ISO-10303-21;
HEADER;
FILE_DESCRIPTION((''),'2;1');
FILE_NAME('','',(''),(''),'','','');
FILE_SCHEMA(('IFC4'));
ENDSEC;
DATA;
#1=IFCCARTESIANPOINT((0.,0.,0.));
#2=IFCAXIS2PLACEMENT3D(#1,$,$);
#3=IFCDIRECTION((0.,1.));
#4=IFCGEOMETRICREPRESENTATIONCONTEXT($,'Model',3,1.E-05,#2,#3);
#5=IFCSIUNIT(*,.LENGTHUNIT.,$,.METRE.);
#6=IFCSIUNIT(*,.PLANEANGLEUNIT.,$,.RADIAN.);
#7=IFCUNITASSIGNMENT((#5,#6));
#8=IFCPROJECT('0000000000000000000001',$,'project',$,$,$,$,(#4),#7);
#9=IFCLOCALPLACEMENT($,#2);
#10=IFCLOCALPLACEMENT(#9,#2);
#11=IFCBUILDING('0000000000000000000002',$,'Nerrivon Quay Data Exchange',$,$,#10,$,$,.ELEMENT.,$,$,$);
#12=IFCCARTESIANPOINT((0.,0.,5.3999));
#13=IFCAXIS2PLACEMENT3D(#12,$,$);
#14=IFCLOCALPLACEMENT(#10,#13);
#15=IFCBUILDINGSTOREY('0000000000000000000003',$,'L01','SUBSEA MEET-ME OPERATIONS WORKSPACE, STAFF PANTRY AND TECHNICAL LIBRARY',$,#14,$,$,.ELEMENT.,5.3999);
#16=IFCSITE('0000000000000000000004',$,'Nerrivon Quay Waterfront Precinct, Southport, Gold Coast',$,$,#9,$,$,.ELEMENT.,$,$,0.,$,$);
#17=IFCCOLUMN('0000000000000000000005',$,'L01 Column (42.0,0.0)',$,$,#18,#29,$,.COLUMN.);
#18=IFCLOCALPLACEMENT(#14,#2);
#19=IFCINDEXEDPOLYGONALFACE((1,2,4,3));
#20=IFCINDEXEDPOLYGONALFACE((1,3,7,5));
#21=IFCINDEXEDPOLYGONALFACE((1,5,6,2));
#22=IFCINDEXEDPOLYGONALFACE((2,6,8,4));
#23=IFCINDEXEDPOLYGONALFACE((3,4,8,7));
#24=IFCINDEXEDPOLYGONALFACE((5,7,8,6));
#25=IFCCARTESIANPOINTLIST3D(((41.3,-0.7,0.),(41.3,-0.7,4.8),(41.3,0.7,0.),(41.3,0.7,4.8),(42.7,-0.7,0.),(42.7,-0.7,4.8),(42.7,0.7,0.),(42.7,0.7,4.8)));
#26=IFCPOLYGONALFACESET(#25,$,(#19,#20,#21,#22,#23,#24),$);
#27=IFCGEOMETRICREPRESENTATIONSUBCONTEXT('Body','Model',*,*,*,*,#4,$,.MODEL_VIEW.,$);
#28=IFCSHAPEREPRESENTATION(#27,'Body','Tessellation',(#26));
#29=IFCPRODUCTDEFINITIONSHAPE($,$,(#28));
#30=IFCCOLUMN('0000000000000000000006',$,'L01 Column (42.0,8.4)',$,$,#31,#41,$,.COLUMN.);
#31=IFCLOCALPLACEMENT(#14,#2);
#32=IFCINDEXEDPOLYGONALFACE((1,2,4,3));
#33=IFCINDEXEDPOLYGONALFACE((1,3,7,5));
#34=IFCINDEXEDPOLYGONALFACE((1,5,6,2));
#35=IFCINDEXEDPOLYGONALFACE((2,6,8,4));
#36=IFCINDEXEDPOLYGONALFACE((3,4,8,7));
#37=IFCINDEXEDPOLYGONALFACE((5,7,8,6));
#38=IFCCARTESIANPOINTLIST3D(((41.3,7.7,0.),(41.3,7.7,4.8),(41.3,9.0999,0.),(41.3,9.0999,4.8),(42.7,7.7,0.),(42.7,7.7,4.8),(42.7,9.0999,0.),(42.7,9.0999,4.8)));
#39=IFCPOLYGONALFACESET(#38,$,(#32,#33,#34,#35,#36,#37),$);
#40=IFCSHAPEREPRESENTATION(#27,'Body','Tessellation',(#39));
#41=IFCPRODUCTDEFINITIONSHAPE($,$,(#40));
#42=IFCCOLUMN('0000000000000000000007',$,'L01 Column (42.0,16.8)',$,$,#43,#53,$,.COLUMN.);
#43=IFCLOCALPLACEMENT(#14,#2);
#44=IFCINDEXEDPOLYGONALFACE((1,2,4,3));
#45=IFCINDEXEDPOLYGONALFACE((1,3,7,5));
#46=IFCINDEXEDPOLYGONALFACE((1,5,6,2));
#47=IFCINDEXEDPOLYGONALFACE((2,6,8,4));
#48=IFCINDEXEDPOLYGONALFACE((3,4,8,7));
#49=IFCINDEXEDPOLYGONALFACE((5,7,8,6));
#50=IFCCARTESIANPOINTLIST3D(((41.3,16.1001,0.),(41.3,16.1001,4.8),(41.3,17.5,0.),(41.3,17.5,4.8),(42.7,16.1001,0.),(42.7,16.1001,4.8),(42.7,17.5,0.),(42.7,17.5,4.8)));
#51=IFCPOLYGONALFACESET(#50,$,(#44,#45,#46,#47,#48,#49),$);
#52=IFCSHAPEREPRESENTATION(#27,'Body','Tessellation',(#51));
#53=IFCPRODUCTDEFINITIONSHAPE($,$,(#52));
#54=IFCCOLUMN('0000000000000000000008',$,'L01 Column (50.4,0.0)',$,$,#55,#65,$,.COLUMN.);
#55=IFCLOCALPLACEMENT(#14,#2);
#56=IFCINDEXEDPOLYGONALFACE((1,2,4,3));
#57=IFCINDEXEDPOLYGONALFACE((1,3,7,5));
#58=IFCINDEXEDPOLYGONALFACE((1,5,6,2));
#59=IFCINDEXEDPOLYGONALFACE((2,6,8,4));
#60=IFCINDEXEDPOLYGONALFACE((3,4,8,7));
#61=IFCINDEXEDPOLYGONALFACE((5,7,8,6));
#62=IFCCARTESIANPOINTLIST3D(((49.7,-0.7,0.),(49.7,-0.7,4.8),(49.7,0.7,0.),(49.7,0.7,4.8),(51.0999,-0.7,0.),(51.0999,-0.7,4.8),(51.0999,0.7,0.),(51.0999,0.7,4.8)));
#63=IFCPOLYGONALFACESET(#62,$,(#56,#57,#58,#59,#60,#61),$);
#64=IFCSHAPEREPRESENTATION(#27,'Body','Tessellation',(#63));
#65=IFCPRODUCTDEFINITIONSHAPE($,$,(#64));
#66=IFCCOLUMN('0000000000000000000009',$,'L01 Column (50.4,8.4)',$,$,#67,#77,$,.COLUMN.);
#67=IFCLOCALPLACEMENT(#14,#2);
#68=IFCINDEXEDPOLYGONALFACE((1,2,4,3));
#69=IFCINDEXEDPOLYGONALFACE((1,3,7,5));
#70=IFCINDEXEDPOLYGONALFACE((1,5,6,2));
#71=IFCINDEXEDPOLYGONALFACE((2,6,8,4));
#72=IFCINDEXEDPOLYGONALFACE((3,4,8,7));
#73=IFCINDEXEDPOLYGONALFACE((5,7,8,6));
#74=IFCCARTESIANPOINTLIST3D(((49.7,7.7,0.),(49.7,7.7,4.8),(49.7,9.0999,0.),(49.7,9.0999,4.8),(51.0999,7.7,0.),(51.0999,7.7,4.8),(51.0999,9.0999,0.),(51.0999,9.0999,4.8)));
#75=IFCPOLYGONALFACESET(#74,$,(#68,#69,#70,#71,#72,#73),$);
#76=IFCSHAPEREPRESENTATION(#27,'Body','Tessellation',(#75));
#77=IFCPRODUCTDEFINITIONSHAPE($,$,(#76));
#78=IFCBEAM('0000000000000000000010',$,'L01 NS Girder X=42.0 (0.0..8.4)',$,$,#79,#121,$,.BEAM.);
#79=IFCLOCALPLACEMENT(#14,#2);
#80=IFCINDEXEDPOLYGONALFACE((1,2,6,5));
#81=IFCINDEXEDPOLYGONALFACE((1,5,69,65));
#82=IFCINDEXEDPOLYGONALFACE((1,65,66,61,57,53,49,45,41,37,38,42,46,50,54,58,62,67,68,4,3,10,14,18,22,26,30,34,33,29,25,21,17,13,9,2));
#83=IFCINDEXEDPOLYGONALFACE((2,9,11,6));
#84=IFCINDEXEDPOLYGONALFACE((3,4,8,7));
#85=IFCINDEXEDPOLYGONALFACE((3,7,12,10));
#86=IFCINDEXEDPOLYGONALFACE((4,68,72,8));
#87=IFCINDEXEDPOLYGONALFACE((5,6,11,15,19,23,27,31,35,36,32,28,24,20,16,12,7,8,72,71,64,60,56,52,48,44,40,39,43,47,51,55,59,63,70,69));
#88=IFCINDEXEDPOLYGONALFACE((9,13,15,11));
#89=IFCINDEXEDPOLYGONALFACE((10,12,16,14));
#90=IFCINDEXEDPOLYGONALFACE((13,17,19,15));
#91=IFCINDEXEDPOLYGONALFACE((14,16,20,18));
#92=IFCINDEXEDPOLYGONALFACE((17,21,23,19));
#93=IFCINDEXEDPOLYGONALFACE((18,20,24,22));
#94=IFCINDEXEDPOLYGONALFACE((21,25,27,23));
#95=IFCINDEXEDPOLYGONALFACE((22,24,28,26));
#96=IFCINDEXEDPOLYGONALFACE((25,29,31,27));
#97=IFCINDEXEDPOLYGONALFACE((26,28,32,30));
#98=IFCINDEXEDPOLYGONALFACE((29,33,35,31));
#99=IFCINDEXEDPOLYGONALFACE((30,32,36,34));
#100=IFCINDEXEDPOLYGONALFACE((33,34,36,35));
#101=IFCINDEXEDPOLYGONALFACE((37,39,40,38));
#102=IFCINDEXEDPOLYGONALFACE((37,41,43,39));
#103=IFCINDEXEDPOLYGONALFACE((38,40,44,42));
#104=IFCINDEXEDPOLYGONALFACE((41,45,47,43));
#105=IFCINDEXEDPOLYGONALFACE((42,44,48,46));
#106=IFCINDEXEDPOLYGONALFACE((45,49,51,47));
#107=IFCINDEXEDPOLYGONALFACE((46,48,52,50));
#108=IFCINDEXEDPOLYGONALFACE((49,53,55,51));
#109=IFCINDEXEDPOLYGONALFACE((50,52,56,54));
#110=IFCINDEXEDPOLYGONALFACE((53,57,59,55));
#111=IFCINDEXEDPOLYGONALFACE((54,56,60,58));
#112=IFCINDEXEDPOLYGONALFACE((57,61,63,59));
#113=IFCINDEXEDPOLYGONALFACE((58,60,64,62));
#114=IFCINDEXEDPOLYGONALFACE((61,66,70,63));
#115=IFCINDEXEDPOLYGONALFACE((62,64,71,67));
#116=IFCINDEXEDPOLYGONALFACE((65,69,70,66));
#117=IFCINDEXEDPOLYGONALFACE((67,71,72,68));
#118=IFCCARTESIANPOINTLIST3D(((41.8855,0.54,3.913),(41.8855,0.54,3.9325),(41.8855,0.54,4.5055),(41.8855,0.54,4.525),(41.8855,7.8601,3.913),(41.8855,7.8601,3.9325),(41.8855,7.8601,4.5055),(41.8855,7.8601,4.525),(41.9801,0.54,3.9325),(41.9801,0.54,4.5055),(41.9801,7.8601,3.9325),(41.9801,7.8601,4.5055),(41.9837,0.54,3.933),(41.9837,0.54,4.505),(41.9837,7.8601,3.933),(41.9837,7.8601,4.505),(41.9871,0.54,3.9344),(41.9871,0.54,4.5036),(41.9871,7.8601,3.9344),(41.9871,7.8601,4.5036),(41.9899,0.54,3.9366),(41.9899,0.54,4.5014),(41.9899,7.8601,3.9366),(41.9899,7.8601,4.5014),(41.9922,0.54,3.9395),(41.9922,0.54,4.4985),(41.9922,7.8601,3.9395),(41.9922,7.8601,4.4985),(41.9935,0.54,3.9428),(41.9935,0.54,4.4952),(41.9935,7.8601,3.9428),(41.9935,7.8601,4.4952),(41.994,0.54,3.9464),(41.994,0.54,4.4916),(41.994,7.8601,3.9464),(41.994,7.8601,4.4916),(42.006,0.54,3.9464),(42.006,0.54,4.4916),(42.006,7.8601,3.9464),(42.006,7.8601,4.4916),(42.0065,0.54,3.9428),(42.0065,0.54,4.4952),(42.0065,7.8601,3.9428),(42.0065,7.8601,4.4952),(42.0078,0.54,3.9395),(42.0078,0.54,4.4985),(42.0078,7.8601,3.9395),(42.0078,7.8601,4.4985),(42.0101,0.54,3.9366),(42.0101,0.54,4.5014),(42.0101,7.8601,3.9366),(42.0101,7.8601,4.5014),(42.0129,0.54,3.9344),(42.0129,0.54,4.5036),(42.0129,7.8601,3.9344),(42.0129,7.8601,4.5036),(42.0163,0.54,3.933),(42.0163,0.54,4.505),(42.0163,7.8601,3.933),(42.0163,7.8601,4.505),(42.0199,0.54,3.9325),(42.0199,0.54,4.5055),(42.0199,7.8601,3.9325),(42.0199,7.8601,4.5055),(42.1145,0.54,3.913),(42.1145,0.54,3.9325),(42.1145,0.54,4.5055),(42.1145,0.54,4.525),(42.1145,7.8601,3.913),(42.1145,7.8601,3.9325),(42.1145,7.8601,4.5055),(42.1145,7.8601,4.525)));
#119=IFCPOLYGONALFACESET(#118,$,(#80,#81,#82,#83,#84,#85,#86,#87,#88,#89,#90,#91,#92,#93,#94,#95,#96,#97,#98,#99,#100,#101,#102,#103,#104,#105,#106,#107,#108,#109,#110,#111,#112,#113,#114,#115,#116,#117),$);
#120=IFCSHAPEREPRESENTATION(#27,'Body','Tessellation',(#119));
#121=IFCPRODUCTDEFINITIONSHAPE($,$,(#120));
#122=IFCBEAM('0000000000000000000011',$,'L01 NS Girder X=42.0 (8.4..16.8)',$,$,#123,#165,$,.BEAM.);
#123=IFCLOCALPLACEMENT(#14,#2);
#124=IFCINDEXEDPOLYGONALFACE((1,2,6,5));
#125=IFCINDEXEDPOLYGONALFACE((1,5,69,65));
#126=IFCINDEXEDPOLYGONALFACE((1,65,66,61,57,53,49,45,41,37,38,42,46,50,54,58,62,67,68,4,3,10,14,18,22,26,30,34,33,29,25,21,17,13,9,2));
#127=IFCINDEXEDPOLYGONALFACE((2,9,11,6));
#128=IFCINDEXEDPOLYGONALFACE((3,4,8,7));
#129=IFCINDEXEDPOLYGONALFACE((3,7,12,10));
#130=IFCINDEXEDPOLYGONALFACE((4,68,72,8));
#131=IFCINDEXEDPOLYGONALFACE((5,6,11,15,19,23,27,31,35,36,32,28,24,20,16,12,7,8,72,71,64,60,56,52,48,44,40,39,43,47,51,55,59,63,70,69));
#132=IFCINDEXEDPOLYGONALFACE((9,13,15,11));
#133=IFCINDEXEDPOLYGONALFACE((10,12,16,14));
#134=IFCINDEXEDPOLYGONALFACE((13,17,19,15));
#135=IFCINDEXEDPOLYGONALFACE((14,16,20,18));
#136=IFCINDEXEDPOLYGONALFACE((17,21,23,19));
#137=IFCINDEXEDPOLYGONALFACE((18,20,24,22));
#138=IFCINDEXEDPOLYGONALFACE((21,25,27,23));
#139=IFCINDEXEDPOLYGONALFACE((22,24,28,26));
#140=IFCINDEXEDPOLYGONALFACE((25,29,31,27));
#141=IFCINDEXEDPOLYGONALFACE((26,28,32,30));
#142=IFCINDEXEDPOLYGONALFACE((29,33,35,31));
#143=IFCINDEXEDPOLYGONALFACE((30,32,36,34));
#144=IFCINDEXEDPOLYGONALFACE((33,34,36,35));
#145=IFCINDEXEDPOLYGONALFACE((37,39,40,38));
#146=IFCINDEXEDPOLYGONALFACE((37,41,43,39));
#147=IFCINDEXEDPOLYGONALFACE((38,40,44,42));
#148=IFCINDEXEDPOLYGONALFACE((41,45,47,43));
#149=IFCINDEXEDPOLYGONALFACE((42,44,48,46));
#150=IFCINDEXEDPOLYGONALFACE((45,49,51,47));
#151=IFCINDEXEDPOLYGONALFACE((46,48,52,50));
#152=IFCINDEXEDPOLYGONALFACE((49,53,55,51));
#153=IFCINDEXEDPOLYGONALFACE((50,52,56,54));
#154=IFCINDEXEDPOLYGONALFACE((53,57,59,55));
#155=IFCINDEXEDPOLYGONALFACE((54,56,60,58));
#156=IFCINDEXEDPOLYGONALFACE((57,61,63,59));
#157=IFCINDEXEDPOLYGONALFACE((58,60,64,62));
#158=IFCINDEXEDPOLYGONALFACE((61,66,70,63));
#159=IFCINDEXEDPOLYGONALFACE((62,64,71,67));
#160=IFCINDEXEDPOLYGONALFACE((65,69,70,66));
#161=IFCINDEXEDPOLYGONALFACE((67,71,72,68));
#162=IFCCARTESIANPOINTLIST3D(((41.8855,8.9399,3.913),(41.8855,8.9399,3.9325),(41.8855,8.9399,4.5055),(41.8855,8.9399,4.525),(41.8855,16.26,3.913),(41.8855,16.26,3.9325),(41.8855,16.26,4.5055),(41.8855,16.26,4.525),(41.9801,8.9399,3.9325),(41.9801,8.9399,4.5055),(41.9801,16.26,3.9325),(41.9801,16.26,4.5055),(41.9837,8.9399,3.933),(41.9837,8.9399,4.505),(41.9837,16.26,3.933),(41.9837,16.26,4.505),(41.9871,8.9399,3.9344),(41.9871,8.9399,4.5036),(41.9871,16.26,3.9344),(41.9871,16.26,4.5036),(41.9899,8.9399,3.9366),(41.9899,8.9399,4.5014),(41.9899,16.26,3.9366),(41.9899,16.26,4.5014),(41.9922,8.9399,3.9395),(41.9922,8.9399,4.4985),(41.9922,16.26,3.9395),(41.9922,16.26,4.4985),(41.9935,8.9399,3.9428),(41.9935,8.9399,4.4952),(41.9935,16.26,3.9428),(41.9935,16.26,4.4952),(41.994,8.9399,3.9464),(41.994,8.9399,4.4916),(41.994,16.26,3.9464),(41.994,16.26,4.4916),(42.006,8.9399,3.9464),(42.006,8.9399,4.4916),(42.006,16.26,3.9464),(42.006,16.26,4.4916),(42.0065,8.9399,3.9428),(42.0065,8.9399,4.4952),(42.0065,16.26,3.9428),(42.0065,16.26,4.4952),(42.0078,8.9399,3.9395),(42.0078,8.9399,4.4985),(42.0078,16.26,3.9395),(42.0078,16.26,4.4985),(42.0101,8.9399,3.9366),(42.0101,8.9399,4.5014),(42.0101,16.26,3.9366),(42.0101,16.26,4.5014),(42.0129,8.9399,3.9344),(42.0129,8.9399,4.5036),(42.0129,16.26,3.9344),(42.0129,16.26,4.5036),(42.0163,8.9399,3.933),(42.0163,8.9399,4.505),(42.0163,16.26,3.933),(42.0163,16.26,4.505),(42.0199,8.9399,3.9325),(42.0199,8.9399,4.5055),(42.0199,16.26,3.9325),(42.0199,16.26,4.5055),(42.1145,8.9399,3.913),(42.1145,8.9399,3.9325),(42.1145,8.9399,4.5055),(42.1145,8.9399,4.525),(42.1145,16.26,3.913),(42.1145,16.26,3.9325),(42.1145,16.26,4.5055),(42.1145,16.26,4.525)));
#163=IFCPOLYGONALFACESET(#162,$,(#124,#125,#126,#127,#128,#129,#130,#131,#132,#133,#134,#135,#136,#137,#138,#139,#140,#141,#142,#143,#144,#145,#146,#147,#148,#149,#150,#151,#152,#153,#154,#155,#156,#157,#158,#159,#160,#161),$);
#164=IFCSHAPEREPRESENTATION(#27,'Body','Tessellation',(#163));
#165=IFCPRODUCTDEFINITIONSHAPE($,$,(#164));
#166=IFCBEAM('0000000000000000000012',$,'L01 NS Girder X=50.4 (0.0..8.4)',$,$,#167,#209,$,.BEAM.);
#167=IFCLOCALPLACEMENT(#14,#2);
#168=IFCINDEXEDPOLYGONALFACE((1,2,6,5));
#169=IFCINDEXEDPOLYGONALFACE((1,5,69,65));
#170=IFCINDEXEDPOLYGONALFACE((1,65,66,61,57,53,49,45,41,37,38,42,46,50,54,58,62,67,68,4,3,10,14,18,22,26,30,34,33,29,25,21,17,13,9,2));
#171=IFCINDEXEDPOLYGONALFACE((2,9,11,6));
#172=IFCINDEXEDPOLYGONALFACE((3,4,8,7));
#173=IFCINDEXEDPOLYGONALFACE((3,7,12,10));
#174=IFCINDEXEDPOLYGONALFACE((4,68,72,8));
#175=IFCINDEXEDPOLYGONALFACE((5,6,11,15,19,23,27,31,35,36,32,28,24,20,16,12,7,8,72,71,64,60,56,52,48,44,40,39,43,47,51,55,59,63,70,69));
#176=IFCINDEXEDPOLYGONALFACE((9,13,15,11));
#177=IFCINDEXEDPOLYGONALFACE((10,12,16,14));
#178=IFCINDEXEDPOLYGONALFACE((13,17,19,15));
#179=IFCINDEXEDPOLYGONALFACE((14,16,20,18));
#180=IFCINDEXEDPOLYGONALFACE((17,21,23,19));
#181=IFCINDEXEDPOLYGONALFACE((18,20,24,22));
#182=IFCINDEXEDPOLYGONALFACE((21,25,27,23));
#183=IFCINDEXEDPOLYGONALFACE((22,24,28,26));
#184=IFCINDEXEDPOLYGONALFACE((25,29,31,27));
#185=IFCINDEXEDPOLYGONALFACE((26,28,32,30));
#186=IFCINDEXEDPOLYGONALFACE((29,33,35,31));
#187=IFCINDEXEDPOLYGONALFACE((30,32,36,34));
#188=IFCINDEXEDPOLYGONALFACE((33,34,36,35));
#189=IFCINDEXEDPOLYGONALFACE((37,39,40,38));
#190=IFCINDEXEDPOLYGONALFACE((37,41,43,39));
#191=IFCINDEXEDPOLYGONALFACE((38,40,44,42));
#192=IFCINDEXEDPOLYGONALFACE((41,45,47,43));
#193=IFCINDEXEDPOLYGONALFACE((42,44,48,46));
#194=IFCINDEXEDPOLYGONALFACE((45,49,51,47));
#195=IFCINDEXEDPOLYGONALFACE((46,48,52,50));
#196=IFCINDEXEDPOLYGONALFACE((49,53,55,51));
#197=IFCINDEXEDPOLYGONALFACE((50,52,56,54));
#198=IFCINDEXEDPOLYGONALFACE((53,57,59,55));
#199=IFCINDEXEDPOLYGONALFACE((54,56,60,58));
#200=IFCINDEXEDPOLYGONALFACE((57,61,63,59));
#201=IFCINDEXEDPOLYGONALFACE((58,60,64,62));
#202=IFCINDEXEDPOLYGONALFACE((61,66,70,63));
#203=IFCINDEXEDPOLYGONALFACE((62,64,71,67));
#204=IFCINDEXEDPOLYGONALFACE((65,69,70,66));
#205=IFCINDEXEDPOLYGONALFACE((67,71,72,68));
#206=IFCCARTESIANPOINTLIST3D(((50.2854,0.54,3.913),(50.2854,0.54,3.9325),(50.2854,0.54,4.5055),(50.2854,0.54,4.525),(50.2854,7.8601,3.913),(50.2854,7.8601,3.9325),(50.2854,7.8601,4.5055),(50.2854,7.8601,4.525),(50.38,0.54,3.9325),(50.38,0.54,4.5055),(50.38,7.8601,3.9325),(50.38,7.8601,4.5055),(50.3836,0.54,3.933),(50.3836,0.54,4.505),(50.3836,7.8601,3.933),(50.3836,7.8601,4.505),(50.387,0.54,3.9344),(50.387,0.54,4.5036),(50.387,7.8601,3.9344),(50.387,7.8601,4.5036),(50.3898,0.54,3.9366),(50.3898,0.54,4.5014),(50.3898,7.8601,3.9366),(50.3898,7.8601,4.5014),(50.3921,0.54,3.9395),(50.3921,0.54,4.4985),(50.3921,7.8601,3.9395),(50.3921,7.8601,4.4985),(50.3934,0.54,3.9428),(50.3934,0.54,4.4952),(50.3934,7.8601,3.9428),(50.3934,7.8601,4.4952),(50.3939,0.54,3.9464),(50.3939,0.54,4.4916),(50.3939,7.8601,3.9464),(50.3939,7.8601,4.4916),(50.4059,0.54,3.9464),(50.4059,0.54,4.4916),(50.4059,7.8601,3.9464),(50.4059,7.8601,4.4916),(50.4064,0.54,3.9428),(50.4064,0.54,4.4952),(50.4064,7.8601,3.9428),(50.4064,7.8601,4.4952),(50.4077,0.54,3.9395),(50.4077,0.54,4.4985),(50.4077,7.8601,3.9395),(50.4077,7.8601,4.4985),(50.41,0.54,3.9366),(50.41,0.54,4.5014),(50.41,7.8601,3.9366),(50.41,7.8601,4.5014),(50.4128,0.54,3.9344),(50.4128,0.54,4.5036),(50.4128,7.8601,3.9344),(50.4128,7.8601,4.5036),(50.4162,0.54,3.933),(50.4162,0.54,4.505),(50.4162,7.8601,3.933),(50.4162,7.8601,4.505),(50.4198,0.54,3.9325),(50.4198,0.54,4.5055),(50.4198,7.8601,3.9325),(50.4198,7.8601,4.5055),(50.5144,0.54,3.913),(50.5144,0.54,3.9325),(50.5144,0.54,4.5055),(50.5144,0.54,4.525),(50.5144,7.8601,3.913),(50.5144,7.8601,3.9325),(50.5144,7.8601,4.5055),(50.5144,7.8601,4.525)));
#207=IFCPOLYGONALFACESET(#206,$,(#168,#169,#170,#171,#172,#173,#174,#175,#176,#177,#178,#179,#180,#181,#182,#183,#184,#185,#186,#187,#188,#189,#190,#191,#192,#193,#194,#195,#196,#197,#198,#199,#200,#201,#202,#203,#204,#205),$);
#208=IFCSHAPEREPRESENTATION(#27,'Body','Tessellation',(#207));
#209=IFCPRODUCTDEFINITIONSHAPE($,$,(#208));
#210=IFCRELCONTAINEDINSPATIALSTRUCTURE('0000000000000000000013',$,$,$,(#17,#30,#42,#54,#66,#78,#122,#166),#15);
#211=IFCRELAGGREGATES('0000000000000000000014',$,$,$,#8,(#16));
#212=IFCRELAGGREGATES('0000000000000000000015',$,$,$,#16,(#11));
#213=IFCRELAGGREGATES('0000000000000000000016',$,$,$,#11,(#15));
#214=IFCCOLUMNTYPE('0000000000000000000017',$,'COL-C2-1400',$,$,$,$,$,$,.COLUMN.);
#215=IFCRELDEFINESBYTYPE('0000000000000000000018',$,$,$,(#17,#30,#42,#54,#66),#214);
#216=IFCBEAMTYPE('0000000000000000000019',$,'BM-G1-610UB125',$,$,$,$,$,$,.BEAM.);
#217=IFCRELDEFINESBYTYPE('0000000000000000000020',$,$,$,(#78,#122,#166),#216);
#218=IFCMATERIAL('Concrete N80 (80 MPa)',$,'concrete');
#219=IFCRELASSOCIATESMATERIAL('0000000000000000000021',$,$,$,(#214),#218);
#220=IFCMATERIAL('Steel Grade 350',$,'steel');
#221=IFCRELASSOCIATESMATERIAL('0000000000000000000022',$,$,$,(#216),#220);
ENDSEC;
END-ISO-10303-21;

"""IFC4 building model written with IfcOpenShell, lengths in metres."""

from ifc_helpers import new_model, si_unit, direction, frame, origin, origin_2d, place, context, subcontext, project, spatial, rectangle, i_section, extrude, material, material_profile, profile_set, type_object, element, save


model = new_model("IFC4")

# Units and contexts
model_context = context("Model", 3, precision=1e-05, world=origin(), true_north=direction((0.0, 1.0)))
body_context = subcontext(model_context, "Body", "Model", "MODEL_VIEW")
ifc_project = project(units=[si_unit("LENGTHUNIT", "METRE"), si_unit("PLANEANGLEUNIT", "RADIAN")], contexts=[model_context])

# Site, building, storey
site_placement = place(None, origin())
site = spatial("IfcSite", under=ifc_project, at=site_placement, Name="Nerrivon Quay Waterfront Precinct, Southport, Gold Coast", CompositionType="ELEMENT", RefElevation=0.0)
building_placement = place(site_placement, origin())
building = spatial("IfcBuilding", under=site, at=building_placement, Name="Nerrivon Quay Data Exchange", CompositionType="ELEMENT")
storey_placement = place(building_placement, frame((0.0, 0.0, 5.3999)))
storey = spatial("IfcBuildingStorey", under=building, at=storey_placement, Name="L01", Description="SUBSEA MEET-ME OPERATIONS WORKSPACE, STAFF PANTRY AND TECHNICAL LIBRARY", CompositionType="ELEMENT", Elevation=5.3999)

# Columns
ifc_material_1 = material(Name="Concrete N80 (80 MPa)", Category="concrete")
ifc_material_profile_1 = material_profile(ifc_material_1, rectangle(XDim=1.3999, YDim=1.3999, at=origin_2d()), Name="RC-COL-1400x1400")
ifc_profile_set_1 = profile_set([ifc_material_profile_1], Name="Concrete N80 (80 MPa)")
column_type = type_object("IfcColumnType", Name="COL-C2-1400", PredefinedType="COLUMN", material=ifc_profile_set_1)
for number, where, z_axis, x_axis, name in (
    (1, (42.0, 0.0, 0.0), (0.0, 0.0, 1.0), (1.0, 0.0, 0.0), "L01 Column (42.0,0.0)"),
    (2, (42.0, 8.3999, 0.0), (0.0, 0.0, 1.0), (1.0, 0.0, 0.0), "L01 Column (42.0,8.4)"),
    (3, (42.0, 16.8, 0.0), (0.0, 0.0, 1.0), (1.0, 0.0, 0.0), "L01 Column (42.0,16.8)"),
    (4, (50.3999, 0.0, 0.0), (0.0, 0.0, 1.0), (1.0, 0.0, 0.0), "L01 Column (50.4,0.0)"),
    (5, (50.3999, 8.3999, 0.0), (0.0, 0.0, 1.0), (1.0, 0.0, 0.0), "L01 Column (50.4,8.4)"),
):
    element("IfcColumn", number, at=place(storey_placement, frame(where, z_axis=z_axis, x_axis=x_axis)), inside=storey, type_object=column_type, Name=name, PredefinedType="COLUMN", context=body_context, shape_type="SweptSolid", body=[
        extrude(rectangle(XDim=1.3999, YDim=1.3999, at=origin_2d()), origin(), (0.0, 0.0, 1.0), 4.8),
    ])

# Beams
ifc_material_2 = material(Name="Steel Grade 350", Category="steel")
ifc_material_profile_2 = material_profile(ifc_material_2, i_section(OverallWidth=0.229, OverallDepth=0.6121, WebThickness=0.012, FlangeThickness=0.0195, FilletRadius=0.0139, at=origin_2d()), Name="610UB125")
ifc_profile_set_2 = profile_set([ifc_material_profile_2], Name="Steel Grade 350")
beam_type_1 = type_object("IfcBeamType", Name="BM-G1-610UB125", PredefinedType="BEAM", material=ifc_profile_set_2)
for number, where, z_axis, x_axis, name in (
    (6, (42.0, 0.54, 4.219), (0.0, 1.0, 0.0), (-1.0, 0.0, 0.0), "L01 NS Girder X=42.0 (0.0..8.4)"),
    (7, (42.0, 8.9399, 4.219), (0.0, 1.0, 0.0), (-1.0, 0.0, 0.0), "L01 NS Girder X=42.0 (8.4..16.8)"),
    (8, (50.3999, 0.54, 4.219), (0.0, 1.0, 0.0), (-1.0, 0.0, 0.0), "L01 NS Girder X=50.4 (0.0..8.4)"),
):
    element("IfcBeam", number, at=place(storey_placement, frame(where, z_axis=z_axis, x_axis=x_axis)), inside=storey, type_object=beam_type_1, Name=name, PredefinedType="BEAM", context=body_context, shape_type="SweptSolid", body=[
        extrude(i_section(OverallWidth=0.229, OverallDepth=0.6121, WebThickness=0.012, FlangeThickness=0.0195, FilletRadius=0.0139, at=origin_2d()), origin(), (0.0, 0.0, 1.0), 7.3201),
    ])

save(model, "model.ifc")
